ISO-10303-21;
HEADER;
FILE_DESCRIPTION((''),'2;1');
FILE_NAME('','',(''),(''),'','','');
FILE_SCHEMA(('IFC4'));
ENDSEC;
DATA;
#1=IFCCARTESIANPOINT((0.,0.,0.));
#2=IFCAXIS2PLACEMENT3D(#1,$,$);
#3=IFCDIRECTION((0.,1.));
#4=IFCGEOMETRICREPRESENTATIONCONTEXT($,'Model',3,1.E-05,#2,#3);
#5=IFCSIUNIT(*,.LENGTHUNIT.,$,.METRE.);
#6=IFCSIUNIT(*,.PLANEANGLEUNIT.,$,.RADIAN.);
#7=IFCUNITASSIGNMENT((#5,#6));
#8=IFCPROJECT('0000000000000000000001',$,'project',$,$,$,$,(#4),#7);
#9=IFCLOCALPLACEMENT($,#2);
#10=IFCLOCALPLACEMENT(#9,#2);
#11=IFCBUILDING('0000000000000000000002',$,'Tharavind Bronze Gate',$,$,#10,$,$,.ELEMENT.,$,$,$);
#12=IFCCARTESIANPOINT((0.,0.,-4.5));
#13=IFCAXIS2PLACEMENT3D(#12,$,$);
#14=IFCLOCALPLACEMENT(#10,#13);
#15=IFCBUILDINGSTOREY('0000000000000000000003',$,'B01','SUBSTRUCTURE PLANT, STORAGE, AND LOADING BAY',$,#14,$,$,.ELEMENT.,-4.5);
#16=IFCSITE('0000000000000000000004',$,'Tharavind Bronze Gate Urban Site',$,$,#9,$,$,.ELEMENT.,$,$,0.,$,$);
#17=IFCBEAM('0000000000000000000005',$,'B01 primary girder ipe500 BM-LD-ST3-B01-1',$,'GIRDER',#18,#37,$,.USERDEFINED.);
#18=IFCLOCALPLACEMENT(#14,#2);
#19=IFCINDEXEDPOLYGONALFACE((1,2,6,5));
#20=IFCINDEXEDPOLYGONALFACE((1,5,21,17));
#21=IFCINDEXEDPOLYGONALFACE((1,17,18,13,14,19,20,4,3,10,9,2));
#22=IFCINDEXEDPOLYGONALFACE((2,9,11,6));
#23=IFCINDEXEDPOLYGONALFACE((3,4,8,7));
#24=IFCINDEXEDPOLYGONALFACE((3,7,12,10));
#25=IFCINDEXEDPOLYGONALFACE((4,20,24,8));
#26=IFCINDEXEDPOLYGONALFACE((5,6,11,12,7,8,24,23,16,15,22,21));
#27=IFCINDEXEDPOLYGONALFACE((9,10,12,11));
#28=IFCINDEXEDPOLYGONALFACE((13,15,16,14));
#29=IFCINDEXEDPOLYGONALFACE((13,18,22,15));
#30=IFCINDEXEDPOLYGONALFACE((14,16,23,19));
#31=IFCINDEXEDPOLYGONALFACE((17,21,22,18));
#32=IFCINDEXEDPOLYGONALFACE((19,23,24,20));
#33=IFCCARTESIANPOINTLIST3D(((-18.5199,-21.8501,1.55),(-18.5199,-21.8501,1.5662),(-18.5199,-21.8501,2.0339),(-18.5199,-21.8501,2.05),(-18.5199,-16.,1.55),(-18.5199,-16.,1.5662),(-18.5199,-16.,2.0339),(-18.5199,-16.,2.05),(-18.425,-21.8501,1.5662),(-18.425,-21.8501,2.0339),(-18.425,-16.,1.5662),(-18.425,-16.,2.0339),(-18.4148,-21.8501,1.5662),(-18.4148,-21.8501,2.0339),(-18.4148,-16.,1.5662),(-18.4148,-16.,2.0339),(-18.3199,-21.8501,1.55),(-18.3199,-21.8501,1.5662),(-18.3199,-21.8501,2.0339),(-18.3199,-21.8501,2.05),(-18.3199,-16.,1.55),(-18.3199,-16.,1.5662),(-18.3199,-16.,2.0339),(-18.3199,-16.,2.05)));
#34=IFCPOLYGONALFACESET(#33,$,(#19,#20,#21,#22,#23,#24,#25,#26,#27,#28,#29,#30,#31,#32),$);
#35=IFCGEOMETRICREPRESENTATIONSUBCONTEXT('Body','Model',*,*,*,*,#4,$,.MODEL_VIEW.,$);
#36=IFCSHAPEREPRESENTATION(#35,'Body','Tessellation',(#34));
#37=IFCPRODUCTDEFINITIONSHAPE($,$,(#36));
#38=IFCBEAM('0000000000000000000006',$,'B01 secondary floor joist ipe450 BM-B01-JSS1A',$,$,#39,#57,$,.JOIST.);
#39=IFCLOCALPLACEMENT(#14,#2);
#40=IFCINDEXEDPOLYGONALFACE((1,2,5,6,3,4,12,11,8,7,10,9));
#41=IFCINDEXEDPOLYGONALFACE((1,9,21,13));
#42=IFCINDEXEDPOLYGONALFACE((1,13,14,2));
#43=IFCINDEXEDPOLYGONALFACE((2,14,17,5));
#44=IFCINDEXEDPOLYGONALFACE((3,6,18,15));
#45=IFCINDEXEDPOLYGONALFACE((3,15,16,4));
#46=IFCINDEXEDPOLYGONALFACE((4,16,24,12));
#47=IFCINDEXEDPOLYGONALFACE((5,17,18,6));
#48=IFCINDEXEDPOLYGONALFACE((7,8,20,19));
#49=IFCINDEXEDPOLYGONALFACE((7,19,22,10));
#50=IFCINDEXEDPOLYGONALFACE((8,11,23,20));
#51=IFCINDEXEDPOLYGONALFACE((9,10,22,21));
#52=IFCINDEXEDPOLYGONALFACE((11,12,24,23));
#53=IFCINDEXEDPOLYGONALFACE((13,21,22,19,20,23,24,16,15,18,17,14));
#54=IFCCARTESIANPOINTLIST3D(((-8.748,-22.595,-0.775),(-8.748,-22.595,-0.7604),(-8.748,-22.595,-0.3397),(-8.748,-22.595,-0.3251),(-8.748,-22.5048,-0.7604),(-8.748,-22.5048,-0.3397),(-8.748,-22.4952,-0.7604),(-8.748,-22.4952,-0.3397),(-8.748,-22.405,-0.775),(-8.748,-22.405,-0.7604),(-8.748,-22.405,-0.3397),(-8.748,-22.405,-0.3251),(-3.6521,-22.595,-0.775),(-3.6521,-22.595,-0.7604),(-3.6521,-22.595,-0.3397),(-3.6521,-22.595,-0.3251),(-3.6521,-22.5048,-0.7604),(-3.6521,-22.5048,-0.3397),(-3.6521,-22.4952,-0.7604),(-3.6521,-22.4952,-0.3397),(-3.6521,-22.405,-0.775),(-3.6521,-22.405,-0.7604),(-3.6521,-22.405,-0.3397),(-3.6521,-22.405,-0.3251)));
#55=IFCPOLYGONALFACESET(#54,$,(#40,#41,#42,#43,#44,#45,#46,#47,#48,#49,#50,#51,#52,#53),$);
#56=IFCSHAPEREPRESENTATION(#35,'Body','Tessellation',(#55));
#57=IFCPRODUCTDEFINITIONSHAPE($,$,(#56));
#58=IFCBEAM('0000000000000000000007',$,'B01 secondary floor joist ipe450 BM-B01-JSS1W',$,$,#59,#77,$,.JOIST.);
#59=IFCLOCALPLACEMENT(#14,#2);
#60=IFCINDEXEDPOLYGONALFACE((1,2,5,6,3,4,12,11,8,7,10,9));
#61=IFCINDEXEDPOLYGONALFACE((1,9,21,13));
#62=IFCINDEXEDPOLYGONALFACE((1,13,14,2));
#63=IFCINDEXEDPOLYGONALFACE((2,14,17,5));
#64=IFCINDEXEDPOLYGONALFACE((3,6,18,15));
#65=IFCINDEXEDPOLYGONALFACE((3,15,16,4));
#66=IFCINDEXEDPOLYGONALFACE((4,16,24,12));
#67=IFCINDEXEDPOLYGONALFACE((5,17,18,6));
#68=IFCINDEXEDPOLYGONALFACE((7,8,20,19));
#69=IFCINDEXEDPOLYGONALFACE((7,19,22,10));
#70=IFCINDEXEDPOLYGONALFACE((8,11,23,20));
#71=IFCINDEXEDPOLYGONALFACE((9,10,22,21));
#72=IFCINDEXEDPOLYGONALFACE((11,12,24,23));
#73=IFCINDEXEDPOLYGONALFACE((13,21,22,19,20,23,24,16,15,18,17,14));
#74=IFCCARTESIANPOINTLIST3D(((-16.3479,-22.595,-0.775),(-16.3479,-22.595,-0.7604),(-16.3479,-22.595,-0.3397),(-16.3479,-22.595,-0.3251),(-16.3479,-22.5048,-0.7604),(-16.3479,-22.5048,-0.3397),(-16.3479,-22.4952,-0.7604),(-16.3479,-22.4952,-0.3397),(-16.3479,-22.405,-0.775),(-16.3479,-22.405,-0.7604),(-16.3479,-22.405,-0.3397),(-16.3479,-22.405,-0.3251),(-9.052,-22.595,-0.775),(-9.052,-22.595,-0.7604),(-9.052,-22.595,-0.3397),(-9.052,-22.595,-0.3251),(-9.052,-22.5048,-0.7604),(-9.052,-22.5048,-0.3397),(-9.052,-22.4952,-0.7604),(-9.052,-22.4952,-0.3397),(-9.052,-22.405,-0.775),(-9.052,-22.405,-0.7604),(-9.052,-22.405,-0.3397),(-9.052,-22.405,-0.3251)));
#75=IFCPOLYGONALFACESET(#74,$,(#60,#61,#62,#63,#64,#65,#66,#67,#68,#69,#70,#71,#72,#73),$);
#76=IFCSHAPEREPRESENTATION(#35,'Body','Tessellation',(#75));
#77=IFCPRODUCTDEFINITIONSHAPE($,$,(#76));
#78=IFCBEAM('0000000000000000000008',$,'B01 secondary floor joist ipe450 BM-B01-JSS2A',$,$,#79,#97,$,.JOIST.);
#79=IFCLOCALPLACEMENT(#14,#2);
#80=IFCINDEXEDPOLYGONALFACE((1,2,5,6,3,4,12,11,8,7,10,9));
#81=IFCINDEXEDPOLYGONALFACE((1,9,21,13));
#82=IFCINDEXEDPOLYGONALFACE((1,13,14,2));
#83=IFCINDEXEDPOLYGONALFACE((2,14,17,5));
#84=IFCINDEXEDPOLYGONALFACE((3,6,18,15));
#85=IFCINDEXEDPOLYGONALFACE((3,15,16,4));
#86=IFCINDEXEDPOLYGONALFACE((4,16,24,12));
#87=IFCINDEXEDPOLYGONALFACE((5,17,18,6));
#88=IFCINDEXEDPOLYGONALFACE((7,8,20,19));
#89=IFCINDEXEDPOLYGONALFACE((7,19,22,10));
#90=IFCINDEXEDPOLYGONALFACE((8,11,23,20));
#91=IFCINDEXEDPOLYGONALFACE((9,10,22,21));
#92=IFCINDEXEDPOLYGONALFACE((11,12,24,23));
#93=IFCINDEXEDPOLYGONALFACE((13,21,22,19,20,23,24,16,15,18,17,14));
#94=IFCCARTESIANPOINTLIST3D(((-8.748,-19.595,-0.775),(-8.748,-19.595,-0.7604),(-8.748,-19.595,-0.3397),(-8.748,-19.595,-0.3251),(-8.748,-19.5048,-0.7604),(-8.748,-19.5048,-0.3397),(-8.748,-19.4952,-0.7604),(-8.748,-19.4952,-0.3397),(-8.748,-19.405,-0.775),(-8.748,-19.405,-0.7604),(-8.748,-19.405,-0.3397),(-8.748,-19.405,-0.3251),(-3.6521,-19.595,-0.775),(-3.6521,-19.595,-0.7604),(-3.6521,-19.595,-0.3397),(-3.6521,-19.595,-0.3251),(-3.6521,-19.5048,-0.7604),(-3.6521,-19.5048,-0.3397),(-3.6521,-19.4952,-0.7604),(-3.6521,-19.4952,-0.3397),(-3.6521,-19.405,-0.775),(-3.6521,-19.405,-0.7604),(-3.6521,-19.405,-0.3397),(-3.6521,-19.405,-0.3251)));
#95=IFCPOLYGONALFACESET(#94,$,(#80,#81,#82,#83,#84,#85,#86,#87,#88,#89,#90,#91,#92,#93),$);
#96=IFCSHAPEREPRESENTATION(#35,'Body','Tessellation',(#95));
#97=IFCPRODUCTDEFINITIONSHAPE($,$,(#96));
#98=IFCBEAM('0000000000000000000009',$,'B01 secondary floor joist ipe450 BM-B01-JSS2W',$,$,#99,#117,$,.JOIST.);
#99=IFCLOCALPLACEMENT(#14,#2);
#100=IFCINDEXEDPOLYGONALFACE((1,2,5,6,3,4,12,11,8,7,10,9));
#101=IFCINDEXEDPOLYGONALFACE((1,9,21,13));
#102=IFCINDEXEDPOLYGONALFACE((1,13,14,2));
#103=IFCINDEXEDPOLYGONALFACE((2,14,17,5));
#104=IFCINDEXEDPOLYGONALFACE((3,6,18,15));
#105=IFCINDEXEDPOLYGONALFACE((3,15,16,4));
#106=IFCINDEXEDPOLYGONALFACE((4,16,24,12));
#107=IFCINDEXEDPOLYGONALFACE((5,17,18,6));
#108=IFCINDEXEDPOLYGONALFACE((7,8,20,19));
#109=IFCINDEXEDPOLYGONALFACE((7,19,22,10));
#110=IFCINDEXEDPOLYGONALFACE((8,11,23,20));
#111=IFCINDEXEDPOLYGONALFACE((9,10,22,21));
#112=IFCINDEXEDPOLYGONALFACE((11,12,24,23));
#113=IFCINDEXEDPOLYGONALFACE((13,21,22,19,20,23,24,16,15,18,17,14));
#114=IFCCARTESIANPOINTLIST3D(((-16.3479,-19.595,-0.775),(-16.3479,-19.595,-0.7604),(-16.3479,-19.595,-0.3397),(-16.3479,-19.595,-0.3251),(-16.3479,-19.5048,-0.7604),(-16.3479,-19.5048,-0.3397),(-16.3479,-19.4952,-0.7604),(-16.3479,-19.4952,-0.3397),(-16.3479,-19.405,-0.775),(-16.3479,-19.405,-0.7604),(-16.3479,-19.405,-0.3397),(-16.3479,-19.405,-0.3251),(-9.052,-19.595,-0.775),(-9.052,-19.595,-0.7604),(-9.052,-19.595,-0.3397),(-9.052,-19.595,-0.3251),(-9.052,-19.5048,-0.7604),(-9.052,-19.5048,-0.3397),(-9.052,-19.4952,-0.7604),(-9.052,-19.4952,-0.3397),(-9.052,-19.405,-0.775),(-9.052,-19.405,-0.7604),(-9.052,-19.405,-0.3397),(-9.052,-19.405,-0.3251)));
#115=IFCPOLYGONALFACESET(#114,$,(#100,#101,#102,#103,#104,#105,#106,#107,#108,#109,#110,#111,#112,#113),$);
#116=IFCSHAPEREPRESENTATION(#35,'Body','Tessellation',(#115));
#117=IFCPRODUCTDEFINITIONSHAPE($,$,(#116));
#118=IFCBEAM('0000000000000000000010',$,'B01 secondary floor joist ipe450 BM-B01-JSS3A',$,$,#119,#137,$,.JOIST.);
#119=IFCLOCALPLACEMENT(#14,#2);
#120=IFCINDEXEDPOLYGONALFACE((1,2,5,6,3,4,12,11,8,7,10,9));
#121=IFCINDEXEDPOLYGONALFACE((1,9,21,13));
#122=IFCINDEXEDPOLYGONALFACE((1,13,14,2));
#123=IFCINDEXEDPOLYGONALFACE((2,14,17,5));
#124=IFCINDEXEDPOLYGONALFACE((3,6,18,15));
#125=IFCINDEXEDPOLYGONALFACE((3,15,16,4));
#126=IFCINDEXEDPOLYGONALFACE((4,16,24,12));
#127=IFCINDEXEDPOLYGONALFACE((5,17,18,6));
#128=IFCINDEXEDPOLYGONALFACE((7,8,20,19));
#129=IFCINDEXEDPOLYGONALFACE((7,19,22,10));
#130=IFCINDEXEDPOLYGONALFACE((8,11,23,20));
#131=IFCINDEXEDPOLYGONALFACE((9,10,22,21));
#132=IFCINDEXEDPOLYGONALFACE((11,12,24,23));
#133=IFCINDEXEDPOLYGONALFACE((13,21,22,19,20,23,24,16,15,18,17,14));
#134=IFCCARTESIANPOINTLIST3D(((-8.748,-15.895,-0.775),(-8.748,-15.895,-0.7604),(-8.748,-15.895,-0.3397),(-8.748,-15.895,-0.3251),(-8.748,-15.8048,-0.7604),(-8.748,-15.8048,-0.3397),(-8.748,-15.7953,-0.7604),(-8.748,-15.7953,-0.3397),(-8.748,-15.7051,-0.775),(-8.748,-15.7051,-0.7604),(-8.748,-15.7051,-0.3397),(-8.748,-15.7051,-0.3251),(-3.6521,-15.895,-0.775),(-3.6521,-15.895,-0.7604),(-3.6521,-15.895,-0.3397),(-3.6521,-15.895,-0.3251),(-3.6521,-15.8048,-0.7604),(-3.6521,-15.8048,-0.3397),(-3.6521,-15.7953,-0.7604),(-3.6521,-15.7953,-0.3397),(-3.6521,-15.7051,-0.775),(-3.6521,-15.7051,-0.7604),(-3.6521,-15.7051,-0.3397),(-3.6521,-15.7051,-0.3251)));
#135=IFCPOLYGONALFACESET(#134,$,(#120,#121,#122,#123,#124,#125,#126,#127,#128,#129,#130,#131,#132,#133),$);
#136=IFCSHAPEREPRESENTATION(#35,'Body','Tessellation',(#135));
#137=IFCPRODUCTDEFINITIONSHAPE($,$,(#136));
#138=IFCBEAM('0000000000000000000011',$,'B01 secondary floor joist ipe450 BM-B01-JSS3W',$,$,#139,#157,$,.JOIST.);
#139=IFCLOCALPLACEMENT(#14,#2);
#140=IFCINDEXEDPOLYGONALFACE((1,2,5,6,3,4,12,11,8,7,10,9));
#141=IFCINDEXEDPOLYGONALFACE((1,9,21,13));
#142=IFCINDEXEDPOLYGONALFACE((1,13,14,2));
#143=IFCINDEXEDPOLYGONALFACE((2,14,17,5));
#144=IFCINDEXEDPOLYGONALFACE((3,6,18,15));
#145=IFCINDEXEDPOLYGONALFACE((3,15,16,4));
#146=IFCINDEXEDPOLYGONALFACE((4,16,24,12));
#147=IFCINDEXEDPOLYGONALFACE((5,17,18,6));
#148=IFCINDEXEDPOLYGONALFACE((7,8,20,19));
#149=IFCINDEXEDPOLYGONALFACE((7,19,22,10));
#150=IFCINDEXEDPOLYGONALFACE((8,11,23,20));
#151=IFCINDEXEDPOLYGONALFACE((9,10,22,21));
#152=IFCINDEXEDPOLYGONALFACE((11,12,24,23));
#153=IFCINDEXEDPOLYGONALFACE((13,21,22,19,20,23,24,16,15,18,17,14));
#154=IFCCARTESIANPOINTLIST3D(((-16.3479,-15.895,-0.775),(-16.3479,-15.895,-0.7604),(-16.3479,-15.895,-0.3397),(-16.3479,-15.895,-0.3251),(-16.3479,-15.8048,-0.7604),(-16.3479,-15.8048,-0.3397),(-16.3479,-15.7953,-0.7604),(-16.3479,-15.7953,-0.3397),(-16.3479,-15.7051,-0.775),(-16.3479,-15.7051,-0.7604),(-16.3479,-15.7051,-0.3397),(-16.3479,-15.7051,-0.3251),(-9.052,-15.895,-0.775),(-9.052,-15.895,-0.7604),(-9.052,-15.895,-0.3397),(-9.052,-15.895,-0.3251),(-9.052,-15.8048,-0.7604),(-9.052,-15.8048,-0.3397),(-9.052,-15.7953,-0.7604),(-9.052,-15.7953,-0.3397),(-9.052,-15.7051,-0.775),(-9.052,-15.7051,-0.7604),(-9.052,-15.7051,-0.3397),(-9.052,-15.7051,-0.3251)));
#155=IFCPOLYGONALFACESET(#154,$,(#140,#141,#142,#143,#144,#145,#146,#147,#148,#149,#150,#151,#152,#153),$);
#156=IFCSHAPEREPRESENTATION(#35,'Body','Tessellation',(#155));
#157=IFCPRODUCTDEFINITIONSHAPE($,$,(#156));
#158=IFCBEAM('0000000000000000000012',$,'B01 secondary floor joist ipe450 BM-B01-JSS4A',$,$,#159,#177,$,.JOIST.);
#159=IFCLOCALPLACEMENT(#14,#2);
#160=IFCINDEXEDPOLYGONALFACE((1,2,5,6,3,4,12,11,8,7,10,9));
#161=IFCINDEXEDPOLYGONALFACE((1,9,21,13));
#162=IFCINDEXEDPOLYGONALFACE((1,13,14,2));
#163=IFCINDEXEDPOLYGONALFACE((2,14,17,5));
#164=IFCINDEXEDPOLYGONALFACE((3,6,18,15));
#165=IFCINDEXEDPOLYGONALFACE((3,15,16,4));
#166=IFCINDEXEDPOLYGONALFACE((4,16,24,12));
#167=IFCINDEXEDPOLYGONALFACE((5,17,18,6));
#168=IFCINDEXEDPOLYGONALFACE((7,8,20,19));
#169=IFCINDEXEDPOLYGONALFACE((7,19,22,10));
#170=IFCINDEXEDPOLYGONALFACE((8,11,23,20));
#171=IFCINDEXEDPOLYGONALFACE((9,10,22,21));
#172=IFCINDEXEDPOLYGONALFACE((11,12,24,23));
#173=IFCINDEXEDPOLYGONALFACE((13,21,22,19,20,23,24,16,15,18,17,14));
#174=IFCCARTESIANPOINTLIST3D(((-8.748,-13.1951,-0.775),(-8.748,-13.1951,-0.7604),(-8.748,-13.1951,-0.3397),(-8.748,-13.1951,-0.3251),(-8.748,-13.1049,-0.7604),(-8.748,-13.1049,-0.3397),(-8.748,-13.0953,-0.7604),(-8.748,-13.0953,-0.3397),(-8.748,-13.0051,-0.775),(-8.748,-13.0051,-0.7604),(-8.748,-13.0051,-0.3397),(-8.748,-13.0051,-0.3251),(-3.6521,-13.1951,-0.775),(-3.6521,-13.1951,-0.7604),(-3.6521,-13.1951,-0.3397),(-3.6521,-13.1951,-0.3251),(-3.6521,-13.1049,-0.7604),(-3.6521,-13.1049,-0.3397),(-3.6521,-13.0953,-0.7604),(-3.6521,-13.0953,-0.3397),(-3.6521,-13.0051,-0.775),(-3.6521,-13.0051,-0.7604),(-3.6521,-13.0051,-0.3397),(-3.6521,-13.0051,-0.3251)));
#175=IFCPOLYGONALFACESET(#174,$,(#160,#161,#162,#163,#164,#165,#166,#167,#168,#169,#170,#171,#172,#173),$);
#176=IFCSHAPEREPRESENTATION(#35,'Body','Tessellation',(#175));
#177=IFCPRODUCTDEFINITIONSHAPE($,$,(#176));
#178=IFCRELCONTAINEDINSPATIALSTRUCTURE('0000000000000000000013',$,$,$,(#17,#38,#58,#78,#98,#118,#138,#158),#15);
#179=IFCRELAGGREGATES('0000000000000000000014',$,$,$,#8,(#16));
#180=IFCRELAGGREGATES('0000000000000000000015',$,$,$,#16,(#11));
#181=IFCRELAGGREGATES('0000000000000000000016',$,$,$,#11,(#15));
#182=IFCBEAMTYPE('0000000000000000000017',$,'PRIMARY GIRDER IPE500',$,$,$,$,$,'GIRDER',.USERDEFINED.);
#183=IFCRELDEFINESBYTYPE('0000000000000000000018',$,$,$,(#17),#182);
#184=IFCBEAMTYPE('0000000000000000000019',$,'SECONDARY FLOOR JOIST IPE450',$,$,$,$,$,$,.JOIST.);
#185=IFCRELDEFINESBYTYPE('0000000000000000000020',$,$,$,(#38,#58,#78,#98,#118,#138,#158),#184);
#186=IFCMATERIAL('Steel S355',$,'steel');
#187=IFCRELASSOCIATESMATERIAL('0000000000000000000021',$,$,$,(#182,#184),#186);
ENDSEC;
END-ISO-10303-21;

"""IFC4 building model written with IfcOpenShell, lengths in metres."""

from ifc_helpers import new_model, si_unit, direction, frame, origin, origin_2d, place, context, subcontext, project, spatial, i_section, extrude, material, material_profile, profile_set, type_object, element, save


model = new_model("IFC4")

# Units and contexts
model_context = context("Model", 3, precision=1e-05, world=origin(), true_north=direction((0.0, 1.0)))
body_context = subcontext(model_context, "Body", "Model", "MODEL_VIEW")
ifc_project = project(units=[si_unit("LENGTHUNIT", "METRE"), si_unit("PLANEANGLEUNIT", "RADIAN")], contexts=[model_context])

# Site, building, storey
site_placement = place(None, origin())
site = spatial("IfcSite", under=ifc_project, at=site_placement, Name="Tharavind Bronze Gate Urban Site", CompositionType="ELEMENT", RefElevation=0.0)
building_placement = place(site_placement, origin())
building = spatial("IfcBuilding", under=site, at=building_placement, Name="Tharavind Bronze Gate", CompositionType="ELEMENT")
storey_placement = place(building_placement, frame((0.0, 0.0, -4.5)))
storey = spatial("IfcBuildingStorey", under=building, at=storey_placement, Name="B01", Description="SUBSTRUCTURE PLANT, STORAGE, AND LOADING BAY", CompositionType="ELEMENT", Elevation=-4.5)

# Beams
ifc_material_1 = material(Name="Steel S355", Category="steel")
ifc_material_profile_1 = material_profile(ifc_material_1, i_section(OverallWidth=0.2, OverallDepth=0.5, WebThickness=0.0103, FlangeThickness=0.0161, at=origin_2d()), Name="IPE500")
ifc_profile_set_1 = profile_set([ifc_material_profile_1], Name="Steel S355")
beam_type_1 = type_object("IfcBeamType", Name="PRIMARY GIRDER IPE500", ElementType="GIRDER", PredefinedType="USERDEFINED", material=ifc_profile_set_1)
beam_1_placement = place(storey_placement, frame((-18.4199, -21.8501, 1.8), z_axis=(0.0, 1.0, 0.0), x_axis=(-1.0, 0.0, 0.0)))
element("IfcBeam", 1, at=beam_1_placement, inside=storey, type_object=beam_type_1, Name="B01 primary girder ipe500 BM-LD-ST3-B01-1", ObjectType="GIRDER", PredefinedType="USERDEFINED", context=body_context, shape_type="SweptSolid", body=[
    extrude(i_section(OverallWidth=0.2, OverallDepth=0.5, WebThickness=0.0103, FlangeThickness=0.0161, at=origin_2d()), origin(), (0.0, 0.0, 1.0), 5.8501),
])
ifc_material_profile_2 = material_profile(ifc_material_1, i_section(OverallWidth=0.1899, OverallDepth=0.45, WebThickness=0.0095, FlangeThickness=0.0146, at=origin_2d()), Name="IPE450")
ifc_profile_set_2 = profile_set([ifc_material_profile_2], Name="Steel S355")
beam_type_2 = type_object("IfcBeamType", Name="SECONDARY FLOOR JOIST IPE450", PredefinedType="JOIST", material=ifc_profile_set_2)
beam_2_placement = place(storey_placement, frame((-8.748, -22.5, -0.55), z_axis=(1.0, 0.0, 0.0), x_axis=(0.0, 1.0, 0.0)))
element("IfcBeam", 2, at=beam_2_placement, inside=storey, type_object=beam_type_2, Name="B01 secondary floor joist ipe450 BM-B01-JSS1A", PredefinedType="JOIST", context=body_context, shape_type="SweptSolid", body=[
    extrude(i_section(OverallWidth=0.1899, OverallDepth=0.45, WebThickness=0.0095, FlangeThickness=0.0146, at=origin_2d()), origin(), (0.0, 0.0, 1.0), 5.0959),
])
beam_3_placement = place(storey_placement, frame((-16.3479, -22.5, -0.55), z_axis=(1.0, 0.0, 0.0), x_axis=(0.0, 1.0, 0.0)))
element("IfcBeam", 3, at=beam_3_placement, inside=storey, type_object=beam_type_2, Name="B01 secondary floor joist ipe450 BM-B01-JSS1W", PredefinedType="JOIST", context=body_context, shape_type="SweptSolid", body=[
    extrude(i_section(OverallWidth=0.1899, OverallDepth=0.45, WebThickness=0.0095, FlangeThickness=0.0146, at=origin_2d()), origin(), (0.0, 0.0, 1.0), 7.2959),
])
beam_4_placement = place(storey_placement, frame((-8.748, -19.5, -0.55), z_axis=(1.0, 0.0, 0.0), x_axis=(0.0, 1.0, 0.0)))
element("IfcBeam", 4, at=beam_4_placement, inside=storey, type_object=beam_type_2, Name="B01 secondary floor joist ipe450 BM-B01-JSS2A", PredefinedType="JOIST", context=body_context, shape_type="SweptSolid", body=[
    extrude(i_section(OverallWidth=0.1899, OverallDepth=0.45, WebThickness=0.0095, FlangeThickness=0.0146, at=origin_2d()), origin(), (0.0, 0.0, 1.0), 5.0959),
])
beam_5_placement = place(storey_placement, frame((-16.3479, -19.5, -0.55), z_axis=(1.0, 0.0, 0.0), x_axis=(0.0, 1.0, 0.0)))
element("IfcBeam", 5, at=beam_5_placement, inside=storey, type_object=beam_type_2, Name="B01 secondary floor joist ipe450 BM-B01-JSS2W", PredefinedType="JOIST", context=body_context, shape_type="SweptSolid", body=[
    extrude(i_section(OverallWidth=0.1899, OverallDepth=0.45, WebThickness=0.0095, FlangeThickness=0.0146, at=origin_2d()), origin(), (0.0, 0.0, 1.0), 7.2959),
])
beam_6_placement = place(storey_placement, frame((-8.748, -15.8, -0.55), z_axis=(1.0, 0.0, 0.0), x_axis=(0.0, 1.0, 0.0)))
element("IfcBeam", 6, at=beam_6_placement, inside=storey, type_object=beam_type_2, Name="B01 secondary floor joist ipe450 BM-B01-JSS3A", PredefinedType="JOIST", context=body_context, shape_type="SweptSolid", body=[
    extrude(i_section(OverallWidth=0.1899, OverallDepth=0.45, WebThickness=0.0095, FlangeThickness=0.0146, at=origin_2d()), origin(), (0.0, 0.0, 1.0), 5.0959),
])
beam_7_placement = place(storey_placement, frame((-16.3479, -15.8, -0.55), z_axis=(1.0, 0.0, 0.0), x_axis=(0.0, 1.0, 0.0)))
element("IfcBeam", 7, at=beam_7_placement, inside=storey, type_object=beam_type_2, Name="B01 secondary floor joist ipe450 BM-B01-JSS3W", PredefinedType="JOIST", context=body_context, shape_type="SweptSolid", body=[
    extrude(i_section(OverallWidth=0.1899, OverallDepth=0.45, WebThickness=0.0095, FlangeThickness=0.0146, at=origin_2d()), origin(), (0.0, 0.0, 1.0), 7.2959),
])
beam_8_placement = place(storey_placement, frame((-8.748, -13.1001, -0.55), z_axis=(1.0, 0.0, 0.0), x_axis=(0.0, 1.0, 0.0)))
element("IfcBeam", 8, at=beam_8_placement, inside=storey, type_object=beam_type_2, Name="B01 secondary floor joist ipe450 BM-B01-JSS4A", PredefinedType="JOIST", context=body_context, shape_type="SweptSolid", body=[
    extrude(i_section(OverallWidth=0.1899, OverallDepth=0.45, WebThickness=0.0095, FlangeThickness=0.0146, at=origin_2d()), origin(), (0.0, 0.0, 1.0), 5.0959),
])

save(model, "model.ifc")
